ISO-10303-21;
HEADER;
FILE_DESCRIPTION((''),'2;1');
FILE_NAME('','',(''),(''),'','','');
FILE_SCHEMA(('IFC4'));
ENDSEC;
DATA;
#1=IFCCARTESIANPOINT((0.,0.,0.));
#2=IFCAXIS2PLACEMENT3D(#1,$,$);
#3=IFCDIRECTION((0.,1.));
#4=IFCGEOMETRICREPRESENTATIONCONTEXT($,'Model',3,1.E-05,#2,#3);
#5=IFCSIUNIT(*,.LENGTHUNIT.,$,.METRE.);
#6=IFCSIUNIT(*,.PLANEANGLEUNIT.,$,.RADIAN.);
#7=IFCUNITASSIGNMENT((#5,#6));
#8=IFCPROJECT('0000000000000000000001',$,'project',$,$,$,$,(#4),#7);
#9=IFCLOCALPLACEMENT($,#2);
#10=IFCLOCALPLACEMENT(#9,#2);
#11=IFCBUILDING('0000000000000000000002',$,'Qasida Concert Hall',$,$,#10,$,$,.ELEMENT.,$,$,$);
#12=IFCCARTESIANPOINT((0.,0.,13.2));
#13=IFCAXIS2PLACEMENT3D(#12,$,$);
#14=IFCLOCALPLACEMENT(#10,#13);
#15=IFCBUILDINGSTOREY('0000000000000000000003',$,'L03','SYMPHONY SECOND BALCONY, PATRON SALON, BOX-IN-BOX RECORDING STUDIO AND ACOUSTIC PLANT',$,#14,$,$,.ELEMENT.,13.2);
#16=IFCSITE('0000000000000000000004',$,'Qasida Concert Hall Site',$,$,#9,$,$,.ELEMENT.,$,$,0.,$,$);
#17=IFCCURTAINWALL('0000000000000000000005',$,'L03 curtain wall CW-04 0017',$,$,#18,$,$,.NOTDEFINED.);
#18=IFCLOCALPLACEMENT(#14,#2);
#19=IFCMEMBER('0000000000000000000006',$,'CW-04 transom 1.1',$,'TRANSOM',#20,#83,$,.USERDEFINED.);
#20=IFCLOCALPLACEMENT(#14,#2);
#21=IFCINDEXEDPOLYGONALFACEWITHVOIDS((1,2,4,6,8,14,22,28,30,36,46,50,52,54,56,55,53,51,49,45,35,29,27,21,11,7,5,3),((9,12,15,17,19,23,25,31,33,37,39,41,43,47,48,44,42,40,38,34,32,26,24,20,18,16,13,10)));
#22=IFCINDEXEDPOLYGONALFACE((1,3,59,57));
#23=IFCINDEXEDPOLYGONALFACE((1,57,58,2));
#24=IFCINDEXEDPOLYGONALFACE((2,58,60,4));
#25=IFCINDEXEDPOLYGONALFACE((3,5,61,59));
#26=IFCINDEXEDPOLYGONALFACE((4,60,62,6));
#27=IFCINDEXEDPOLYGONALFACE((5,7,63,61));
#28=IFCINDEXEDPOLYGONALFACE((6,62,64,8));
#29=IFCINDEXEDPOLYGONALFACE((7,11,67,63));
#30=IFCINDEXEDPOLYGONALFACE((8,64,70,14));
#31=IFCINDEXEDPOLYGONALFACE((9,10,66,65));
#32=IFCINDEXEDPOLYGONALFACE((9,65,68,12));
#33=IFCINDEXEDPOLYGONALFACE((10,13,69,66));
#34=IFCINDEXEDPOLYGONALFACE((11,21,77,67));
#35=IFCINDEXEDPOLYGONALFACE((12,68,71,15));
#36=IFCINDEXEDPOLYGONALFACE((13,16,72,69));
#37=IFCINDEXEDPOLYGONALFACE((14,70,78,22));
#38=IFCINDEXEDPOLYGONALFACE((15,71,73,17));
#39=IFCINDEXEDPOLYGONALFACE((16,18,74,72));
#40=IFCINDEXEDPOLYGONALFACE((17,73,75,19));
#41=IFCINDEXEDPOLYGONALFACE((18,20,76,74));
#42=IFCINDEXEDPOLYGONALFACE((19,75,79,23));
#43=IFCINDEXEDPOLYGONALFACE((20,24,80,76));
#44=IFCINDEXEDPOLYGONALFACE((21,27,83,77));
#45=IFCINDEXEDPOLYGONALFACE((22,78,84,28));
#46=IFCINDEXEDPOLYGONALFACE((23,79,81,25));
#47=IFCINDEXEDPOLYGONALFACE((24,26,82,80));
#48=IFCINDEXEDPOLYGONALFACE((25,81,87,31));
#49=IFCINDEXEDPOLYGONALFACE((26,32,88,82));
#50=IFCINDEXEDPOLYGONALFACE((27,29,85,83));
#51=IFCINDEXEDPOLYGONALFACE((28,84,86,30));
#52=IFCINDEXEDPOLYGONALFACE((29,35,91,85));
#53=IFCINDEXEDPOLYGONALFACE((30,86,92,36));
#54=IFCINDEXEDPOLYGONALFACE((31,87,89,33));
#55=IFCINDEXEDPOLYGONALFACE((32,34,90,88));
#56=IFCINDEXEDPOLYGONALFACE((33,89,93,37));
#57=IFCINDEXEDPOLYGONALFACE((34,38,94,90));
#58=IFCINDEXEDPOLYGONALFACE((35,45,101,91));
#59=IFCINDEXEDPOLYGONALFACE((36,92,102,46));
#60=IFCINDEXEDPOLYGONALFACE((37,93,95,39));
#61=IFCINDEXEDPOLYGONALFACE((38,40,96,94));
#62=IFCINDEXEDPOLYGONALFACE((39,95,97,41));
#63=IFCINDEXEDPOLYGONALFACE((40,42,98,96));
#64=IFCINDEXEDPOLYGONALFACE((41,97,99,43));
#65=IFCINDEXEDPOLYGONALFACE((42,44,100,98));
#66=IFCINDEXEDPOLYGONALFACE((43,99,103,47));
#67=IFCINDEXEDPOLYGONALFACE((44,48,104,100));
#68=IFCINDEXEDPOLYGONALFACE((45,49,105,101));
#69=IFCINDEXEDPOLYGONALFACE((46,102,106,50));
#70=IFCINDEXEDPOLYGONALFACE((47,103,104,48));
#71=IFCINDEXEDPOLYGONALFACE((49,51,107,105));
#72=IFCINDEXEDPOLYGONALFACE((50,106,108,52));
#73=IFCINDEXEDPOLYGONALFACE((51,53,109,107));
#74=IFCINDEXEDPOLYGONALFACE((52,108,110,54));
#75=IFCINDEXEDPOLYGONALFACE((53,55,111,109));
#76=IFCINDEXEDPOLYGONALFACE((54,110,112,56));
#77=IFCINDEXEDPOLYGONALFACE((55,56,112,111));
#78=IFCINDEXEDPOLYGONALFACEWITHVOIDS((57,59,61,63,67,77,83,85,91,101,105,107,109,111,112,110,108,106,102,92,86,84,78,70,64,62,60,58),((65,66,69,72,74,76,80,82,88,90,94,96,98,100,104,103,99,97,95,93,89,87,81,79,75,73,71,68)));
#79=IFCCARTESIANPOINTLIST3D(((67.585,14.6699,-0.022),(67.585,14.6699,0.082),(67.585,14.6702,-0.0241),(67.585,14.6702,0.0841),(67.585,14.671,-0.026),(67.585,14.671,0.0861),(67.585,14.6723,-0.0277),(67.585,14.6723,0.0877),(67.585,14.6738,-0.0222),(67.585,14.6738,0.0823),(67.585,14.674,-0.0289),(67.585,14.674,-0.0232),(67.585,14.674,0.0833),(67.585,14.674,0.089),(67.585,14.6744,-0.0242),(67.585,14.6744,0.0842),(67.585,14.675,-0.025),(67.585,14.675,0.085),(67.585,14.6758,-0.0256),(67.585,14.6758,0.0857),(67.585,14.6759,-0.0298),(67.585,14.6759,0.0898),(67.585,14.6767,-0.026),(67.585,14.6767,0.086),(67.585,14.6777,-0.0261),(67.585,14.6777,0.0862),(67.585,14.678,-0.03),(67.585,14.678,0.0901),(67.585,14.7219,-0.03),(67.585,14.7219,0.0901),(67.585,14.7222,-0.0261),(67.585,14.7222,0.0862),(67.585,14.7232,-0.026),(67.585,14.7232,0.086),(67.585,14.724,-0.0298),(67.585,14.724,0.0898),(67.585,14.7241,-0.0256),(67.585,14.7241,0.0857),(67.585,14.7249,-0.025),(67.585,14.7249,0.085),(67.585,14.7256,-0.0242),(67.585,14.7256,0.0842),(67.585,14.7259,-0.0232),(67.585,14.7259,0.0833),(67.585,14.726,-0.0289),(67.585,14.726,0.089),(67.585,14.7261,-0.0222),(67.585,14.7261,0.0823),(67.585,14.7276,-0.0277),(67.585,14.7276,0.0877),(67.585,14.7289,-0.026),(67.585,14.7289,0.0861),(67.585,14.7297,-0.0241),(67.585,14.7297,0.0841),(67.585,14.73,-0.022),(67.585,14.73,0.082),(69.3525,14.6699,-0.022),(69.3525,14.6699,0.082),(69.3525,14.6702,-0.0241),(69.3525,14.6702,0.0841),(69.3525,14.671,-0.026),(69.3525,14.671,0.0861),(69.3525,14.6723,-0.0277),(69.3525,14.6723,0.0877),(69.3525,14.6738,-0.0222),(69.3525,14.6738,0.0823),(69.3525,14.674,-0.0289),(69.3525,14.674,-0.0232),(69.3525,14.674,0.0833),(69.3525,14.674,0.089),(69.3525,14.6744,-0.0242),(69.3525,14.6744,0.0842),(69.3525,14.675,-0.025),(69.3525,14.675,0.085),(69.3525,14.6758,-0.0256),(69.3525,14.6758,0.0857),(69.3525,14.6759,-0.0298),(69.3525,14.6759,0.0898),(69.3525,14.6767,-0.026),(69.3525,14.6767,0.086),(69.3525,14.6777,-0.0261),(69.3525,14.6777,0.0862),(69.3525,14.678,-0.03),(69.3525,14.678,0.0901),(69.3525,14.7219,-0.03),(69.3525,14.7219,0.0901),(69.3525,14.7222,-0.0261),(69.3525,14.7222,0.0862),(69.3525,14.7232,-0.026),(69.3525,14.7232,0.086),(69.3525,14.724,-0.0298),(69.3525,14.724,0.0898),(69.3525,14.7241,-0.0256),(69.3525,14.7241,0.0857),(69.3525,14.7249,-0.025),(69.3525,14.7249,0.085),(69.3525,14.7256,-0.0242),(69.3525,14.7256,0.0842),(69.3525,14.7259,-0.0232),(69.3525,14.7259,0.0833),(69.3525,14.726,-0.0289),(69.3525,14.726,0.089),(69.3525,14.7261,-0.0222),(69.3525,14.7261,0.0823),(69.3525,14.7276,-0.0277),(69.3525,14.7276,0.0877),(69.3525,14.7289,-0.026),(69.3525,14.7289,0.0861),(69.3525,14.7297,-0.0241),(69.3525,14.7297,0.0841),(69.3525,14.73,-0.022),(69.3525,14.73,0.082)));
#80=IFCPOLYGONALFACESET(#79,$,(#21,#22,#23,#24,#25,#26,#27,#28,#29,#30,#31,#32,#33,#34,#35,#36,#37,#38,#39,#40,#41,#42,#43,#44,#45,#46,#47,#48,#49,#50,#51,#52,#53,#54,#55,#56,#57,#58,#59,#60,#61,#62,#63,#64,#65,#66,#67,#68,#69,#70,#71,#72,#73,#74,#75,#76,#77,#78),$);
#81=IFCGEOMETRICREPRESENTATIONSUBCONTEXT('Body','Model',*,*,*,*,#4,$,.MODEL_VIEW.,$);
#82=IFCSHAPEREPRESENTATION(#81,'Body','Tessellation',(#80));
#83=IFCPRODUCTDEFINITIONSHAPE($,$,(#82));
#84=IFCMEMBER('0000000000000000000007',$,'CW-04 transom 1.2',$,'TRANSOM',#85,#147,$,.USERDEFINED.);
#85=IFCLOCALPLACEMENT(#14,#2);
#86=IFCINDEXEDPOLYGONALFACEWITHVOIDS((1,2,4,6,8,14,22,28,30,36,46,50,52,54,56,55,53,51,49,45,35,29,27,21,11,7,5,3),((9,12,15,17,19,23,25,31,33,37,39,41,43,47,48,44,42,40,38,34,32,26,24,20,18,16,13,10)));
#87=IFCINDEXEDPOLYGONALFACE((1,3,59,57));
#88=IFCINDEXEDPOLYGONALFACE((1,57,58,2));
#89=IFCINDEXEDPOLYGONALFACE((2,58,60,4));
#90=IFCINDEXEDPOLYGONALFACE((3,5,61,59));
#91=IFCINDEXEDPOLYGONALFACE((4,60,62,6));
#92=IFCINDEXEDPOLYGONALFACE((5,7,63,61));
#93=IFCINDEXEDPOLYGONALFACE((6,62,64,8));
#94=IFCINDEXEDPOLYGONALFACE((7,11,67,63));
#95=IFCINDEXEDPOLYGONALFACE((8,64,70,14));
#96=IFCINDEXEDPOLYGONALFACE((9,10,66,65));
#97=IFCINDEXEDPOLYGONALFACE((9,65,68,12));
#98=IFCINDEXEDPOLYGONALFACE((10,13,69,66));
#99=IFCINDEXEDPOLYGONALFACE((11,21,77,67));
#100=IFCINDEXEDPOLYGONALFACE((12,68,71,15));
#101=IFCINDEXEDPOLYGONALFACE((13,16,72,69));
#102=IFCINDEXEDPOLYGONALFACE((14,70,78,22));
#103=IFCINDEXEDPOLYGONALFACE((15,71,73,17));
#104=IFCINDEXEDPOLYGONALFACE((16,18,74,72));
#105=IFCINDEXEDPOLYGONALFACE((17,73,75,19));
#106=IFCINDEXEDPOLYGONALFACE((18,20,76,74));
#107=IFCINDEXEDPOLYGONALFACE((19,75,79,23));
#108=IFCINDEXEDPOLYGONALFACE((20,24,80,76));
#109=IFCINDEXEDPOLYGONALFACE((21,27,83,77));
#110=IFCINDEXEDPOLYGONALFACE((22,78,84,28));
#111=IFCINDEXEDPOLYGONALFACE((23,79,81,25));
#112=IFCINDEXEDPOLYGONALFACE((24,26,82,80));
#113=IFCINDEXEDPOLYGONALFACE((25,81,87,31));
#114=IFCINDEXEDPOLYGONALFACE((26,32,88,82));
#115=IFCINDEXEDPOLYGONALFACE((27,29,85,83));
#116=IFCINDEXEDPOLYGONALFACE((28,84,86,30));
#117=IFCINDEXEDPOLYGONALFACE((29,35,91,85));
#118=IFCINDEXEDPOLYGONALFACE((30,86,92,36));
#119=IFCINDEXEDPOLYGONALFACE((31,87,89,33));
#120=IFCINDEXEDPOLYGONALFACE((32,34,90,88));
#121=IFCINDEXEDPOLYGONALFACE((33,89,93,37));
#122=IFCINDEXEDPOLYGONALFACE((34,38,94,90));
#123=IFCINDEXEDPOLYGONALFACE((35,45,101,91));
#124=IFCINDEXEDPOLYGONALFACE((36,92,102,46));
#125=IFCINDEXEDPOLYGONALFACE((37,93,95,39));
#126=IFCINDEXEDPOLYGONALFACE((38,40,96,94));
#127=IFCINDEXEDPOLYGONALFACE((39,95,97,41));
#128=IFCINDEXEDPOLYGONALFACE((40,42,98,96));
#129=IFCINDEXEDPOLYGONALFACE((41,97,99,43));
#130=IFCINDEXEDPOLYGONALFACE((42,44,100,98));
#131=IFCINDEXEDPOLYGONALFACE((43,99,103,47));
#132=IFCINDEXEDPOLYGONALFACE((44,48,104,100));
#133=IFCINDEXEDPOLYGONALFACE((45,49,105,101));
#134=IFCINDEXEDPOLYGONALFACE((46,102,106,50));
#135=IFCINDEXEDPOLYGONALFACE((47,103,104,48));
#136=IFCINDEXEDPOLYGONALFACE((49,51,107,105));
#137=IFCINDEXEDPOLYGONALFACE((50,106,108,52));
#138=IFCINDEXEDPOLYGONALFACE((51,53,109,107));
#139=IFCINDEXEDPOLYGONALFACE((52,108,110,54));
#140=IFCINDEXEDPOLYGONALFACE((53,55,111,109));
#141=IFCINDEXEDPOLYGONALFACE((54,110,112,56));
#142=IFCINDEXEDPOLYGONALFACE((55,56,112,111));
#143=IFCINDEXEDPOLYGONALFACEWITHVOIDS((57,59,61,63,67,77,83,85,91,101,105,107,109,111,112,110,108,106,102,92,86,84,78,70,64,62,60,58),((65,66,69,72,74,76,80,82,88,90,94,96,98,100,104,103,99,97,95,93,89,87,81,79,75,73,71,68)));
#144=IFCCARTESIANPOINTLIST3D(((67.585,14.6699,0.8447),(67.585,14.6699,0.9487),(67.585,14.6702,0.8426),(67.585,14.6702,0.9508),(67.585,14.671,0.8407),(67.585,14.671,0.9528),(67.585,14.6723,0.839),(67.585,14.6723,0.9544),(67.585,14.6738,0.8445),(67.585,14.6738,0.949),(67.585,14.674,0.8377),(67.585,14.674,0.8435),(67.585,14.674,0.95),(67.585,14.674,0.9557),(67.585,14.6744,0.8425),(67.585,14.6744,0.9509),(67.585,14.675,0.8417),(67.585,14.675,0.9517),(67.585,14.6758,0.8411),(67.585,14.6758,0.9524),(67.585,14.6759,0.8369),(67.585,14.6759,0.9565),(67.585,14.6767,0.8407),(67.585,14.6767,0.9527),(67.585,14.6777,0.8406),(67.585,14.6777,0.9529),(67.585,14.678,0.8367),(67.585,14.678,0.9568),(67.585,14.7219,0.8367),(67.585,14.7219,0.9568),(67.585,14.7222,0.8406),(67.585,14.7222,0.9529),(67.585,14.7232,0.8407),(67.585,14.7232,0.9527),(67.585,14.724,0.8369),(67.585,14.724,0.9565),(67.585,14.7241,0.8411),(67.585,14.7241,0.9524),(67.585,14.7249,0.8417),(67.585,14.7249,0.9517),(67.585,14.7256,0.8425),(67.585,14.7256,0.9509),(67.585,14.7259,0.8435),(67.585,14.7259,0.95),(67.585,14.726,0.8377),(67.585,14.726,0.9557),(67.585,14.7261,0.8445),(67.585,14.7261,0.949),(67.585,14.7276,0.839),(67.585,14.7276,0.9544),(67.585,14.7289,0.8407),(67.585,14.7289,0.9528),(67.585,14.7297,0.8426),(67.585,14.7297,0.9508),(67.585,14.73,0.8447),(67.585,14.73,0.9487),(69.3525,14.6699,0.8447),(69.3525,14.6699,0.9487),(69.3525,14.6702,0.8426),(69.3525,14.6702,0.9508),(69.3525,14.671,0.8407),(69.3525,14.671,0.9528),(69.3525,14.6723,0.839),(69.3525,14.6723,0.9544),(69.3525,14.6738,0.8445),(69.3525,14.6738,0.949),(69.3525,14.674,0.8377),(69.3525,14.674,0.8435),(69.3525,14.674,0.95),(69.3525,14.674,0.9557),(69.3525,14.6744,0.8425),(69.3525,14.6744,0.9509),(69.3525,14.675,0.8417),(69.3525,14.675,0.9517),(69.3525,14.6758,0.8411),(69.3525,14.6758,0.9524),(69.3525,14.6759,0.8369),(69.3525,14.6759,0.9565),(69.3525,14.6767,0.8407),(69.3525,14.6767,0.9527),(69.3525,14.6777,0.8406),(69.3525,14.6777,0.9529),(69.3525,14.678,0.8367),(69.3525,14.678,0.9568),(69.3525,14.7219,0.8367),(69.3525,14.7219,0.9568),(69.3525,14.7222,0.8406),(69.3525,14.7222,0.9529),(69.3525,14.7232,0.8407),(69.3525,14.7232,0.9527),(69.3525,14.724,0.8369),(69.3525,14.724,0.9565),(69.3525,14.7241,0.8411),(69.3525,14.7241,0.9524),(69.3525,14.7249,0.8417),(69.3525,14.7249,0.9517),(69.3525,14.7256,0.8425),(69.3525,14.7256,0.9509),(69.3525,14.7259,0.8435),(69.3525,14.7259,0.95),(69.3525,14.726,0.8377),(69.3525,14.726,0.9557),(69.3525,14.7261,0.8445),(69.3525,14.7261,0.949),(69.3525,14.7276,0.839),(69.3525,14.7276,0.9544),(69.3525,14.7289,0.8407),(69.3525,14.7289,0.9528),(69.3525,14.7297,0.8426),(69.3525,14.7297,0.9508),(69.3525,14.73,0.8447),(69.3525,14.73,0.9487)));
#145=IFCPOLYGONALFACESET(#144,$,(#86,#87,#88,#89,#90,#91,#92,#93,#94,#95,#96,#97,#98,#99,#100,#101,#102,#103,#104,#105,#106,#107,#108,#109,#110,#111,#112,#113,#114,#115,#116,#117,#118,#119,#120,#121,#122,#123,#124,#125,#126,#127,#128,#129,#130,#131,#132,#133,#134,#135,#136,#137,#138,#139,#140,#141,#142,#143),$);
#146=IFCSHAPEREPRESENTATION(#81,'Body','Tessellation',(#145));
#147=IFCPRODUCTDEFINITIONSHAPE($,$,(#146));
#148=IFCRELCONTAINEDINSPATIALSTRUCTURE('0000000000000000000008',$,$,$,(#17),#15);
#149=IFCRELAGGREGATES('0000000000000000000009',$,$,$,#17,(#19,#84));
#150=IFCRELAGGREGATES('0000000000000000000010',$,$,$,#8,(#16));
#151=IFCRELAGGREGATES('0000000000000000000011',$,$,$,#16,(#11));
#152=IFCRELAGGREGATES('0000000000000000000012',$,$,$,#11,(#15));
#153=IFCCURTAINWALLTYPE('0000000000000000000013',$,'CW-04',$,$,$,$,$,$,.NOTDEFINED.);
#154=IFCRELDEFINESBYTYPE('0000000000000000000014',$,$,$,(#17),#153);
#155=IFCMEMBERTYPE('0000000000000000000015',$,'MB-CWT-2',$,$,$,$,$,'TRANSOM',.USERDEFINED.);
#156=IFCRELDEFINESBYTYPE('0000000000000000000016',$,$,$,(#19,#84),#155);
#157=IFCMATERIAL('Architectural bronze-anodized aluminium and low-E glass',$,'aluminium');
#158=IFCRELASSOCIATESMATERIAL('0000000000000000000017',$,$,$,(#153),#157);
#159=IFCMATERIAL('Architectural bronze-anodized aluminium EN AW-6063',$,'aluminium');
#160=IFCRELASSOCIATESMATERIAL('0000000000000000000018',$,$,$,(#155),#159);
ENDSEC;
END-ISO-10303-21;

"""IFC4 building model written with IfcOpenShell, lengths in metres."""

from ifc_helpers import new_model, si_unit, direction, frame, origin, origin_2d, place, context, subcontext, project, spatial, hollow_rectangle, extrude, material, material_profile, profile_set, type_object, element, aggregate, save


model = new_model("IFC4")

# Units and contexts
model_context = context("Model", 3, precision=1e-05, world=origin(), true_north=direction((0.0, 1.0)))
body_context = subcontext(model_context, "Body", "Model", "MODEL_VIEW")
ifc_project = project(units=[si_unit("LENGTHUNIT", "METRE"), si_unit("PLANEANGLEUNIT", "RADIAN")], contexts=[model_context])

# Site, building, storey
site_placement = place(None, origin())
site = spatial("IfcSite", under=ifc_project, at=site_placement, Name="Qasida Concert Hall Site", CompositionType="ELEMENT", RefElevation=0.0)
building_placement = place(site_placement, origin())
building = spatial("IfcBuilding", under=site, at=building_placement, Name="Qasida Concert Hall", CompositionType="ELEMENT")
storey_placement = place(building_placement, frame((0.0, 0.0, 13.2)))
storey = spatial("IfcBuildingStorey", under=building, at=storey_placement, Name="L03", Description="SYMPHONY SECOND BALCONY, PATRON SALON, BOX-IN-BOX RECORDING STUDIO AND ACOUSTIC PLANT", CompositionType="ELEMENT", Elevation=13.2)

# Curtain wall
ifc_material_1 = material(Name="Architectural bronze-anodized aluminium and low-E glass", Category="aluminium")
curtain_wall_type = type_object("IfcCurtainWallType", Name="CW-04", PredefinedType="NOTDEFINED", material=ifc_material_1)
ifc_material_2 = material(Name="Architectural bronze-anodized aluminium EN AW-6063", Category="aluminium")
curtain_wall_1_placement = place(storey_placement, origin())
curtain_wall_1 = element("IfcCurtainWall", 1, at=curtain_wall_1_placement, inside=storey, type_object=curtain_wall_type, Name="L03 curtain wall CW-04 0017", PredefinedType="NOTDEFINED")

# Members
ifc_material_profile_1 = material_profile(ifc_material_2, hollow_rectangle(XDim=0.0601, YDim=0.1201, WallThickness=0.0039, InnerFilletRadius=0.0039, OuterFilletRadius=0.0081, at=origin_2d()), Name="CWT 120x60x4")
ifc_profile_set_1 = profile_set([ifc_material_profile_1], Name="Architectural bronze-anodized aluminium EN AW-6063")
member_type_1 = type_object("IfcMemberType", Name="MB-CWT-2", ElementType="TRANSOM", PredefinedType="USERDEFINED", material=ifc_profile_set_1)
member_1_placement = place(storey_placement, frame((67.585, 14.7, 0.03), z_axis=(1.0, 0.0, 0.0), x_axis=(0.0, 1.0, 0.0)))
member_1 = element("IfcMember", 2, at=member_1_placement, type_object=member_type_1, Name="CW-04 transom 1.1", ObjectType="TRANSOM", PredefinedType="USERDEFINED", context=body_context, shape_type="SweptSolid", body=[
    extrude(hollow_rectangle(XDim=0.0601, YDim=0.1201, WallThickness=0.0039, InnerFilletRadius=0.0039, OuterFilletRadius=0.0081, at=origin_2d()), origin(), (0.0, 0.0, 1.0), 1.7676),
])
member_2_placement = place(storey_placement, frame((67.585, 14.7, 0.8967), z_axis=(1.0, 0.0, 0.0), x_axis=(0.0, 1.0, 0.0)))
member_2 = element("IfcMember", 3, at=member_2_placement, type_object=member_type_1, Name="CW-04 transom 1.2", ObjectType="TRANSOM", PredefinedType="USERDEFINED", context=body_context, shape_type="SweptSolid", body=[
    extrude(hollow_rectangle(XDim=0.0601, YDim=0.1201, WallThickness=0.0039, InnerFilletRadius=0.0039, OuterFilletRadius=0.0081, at=origin_2d()), origin(), (0.0, 0.0, 1.0), 1.7676),
])

aggregate(curtain_wall_1, [member_1, member_2])

save(model, "model.ifc")
